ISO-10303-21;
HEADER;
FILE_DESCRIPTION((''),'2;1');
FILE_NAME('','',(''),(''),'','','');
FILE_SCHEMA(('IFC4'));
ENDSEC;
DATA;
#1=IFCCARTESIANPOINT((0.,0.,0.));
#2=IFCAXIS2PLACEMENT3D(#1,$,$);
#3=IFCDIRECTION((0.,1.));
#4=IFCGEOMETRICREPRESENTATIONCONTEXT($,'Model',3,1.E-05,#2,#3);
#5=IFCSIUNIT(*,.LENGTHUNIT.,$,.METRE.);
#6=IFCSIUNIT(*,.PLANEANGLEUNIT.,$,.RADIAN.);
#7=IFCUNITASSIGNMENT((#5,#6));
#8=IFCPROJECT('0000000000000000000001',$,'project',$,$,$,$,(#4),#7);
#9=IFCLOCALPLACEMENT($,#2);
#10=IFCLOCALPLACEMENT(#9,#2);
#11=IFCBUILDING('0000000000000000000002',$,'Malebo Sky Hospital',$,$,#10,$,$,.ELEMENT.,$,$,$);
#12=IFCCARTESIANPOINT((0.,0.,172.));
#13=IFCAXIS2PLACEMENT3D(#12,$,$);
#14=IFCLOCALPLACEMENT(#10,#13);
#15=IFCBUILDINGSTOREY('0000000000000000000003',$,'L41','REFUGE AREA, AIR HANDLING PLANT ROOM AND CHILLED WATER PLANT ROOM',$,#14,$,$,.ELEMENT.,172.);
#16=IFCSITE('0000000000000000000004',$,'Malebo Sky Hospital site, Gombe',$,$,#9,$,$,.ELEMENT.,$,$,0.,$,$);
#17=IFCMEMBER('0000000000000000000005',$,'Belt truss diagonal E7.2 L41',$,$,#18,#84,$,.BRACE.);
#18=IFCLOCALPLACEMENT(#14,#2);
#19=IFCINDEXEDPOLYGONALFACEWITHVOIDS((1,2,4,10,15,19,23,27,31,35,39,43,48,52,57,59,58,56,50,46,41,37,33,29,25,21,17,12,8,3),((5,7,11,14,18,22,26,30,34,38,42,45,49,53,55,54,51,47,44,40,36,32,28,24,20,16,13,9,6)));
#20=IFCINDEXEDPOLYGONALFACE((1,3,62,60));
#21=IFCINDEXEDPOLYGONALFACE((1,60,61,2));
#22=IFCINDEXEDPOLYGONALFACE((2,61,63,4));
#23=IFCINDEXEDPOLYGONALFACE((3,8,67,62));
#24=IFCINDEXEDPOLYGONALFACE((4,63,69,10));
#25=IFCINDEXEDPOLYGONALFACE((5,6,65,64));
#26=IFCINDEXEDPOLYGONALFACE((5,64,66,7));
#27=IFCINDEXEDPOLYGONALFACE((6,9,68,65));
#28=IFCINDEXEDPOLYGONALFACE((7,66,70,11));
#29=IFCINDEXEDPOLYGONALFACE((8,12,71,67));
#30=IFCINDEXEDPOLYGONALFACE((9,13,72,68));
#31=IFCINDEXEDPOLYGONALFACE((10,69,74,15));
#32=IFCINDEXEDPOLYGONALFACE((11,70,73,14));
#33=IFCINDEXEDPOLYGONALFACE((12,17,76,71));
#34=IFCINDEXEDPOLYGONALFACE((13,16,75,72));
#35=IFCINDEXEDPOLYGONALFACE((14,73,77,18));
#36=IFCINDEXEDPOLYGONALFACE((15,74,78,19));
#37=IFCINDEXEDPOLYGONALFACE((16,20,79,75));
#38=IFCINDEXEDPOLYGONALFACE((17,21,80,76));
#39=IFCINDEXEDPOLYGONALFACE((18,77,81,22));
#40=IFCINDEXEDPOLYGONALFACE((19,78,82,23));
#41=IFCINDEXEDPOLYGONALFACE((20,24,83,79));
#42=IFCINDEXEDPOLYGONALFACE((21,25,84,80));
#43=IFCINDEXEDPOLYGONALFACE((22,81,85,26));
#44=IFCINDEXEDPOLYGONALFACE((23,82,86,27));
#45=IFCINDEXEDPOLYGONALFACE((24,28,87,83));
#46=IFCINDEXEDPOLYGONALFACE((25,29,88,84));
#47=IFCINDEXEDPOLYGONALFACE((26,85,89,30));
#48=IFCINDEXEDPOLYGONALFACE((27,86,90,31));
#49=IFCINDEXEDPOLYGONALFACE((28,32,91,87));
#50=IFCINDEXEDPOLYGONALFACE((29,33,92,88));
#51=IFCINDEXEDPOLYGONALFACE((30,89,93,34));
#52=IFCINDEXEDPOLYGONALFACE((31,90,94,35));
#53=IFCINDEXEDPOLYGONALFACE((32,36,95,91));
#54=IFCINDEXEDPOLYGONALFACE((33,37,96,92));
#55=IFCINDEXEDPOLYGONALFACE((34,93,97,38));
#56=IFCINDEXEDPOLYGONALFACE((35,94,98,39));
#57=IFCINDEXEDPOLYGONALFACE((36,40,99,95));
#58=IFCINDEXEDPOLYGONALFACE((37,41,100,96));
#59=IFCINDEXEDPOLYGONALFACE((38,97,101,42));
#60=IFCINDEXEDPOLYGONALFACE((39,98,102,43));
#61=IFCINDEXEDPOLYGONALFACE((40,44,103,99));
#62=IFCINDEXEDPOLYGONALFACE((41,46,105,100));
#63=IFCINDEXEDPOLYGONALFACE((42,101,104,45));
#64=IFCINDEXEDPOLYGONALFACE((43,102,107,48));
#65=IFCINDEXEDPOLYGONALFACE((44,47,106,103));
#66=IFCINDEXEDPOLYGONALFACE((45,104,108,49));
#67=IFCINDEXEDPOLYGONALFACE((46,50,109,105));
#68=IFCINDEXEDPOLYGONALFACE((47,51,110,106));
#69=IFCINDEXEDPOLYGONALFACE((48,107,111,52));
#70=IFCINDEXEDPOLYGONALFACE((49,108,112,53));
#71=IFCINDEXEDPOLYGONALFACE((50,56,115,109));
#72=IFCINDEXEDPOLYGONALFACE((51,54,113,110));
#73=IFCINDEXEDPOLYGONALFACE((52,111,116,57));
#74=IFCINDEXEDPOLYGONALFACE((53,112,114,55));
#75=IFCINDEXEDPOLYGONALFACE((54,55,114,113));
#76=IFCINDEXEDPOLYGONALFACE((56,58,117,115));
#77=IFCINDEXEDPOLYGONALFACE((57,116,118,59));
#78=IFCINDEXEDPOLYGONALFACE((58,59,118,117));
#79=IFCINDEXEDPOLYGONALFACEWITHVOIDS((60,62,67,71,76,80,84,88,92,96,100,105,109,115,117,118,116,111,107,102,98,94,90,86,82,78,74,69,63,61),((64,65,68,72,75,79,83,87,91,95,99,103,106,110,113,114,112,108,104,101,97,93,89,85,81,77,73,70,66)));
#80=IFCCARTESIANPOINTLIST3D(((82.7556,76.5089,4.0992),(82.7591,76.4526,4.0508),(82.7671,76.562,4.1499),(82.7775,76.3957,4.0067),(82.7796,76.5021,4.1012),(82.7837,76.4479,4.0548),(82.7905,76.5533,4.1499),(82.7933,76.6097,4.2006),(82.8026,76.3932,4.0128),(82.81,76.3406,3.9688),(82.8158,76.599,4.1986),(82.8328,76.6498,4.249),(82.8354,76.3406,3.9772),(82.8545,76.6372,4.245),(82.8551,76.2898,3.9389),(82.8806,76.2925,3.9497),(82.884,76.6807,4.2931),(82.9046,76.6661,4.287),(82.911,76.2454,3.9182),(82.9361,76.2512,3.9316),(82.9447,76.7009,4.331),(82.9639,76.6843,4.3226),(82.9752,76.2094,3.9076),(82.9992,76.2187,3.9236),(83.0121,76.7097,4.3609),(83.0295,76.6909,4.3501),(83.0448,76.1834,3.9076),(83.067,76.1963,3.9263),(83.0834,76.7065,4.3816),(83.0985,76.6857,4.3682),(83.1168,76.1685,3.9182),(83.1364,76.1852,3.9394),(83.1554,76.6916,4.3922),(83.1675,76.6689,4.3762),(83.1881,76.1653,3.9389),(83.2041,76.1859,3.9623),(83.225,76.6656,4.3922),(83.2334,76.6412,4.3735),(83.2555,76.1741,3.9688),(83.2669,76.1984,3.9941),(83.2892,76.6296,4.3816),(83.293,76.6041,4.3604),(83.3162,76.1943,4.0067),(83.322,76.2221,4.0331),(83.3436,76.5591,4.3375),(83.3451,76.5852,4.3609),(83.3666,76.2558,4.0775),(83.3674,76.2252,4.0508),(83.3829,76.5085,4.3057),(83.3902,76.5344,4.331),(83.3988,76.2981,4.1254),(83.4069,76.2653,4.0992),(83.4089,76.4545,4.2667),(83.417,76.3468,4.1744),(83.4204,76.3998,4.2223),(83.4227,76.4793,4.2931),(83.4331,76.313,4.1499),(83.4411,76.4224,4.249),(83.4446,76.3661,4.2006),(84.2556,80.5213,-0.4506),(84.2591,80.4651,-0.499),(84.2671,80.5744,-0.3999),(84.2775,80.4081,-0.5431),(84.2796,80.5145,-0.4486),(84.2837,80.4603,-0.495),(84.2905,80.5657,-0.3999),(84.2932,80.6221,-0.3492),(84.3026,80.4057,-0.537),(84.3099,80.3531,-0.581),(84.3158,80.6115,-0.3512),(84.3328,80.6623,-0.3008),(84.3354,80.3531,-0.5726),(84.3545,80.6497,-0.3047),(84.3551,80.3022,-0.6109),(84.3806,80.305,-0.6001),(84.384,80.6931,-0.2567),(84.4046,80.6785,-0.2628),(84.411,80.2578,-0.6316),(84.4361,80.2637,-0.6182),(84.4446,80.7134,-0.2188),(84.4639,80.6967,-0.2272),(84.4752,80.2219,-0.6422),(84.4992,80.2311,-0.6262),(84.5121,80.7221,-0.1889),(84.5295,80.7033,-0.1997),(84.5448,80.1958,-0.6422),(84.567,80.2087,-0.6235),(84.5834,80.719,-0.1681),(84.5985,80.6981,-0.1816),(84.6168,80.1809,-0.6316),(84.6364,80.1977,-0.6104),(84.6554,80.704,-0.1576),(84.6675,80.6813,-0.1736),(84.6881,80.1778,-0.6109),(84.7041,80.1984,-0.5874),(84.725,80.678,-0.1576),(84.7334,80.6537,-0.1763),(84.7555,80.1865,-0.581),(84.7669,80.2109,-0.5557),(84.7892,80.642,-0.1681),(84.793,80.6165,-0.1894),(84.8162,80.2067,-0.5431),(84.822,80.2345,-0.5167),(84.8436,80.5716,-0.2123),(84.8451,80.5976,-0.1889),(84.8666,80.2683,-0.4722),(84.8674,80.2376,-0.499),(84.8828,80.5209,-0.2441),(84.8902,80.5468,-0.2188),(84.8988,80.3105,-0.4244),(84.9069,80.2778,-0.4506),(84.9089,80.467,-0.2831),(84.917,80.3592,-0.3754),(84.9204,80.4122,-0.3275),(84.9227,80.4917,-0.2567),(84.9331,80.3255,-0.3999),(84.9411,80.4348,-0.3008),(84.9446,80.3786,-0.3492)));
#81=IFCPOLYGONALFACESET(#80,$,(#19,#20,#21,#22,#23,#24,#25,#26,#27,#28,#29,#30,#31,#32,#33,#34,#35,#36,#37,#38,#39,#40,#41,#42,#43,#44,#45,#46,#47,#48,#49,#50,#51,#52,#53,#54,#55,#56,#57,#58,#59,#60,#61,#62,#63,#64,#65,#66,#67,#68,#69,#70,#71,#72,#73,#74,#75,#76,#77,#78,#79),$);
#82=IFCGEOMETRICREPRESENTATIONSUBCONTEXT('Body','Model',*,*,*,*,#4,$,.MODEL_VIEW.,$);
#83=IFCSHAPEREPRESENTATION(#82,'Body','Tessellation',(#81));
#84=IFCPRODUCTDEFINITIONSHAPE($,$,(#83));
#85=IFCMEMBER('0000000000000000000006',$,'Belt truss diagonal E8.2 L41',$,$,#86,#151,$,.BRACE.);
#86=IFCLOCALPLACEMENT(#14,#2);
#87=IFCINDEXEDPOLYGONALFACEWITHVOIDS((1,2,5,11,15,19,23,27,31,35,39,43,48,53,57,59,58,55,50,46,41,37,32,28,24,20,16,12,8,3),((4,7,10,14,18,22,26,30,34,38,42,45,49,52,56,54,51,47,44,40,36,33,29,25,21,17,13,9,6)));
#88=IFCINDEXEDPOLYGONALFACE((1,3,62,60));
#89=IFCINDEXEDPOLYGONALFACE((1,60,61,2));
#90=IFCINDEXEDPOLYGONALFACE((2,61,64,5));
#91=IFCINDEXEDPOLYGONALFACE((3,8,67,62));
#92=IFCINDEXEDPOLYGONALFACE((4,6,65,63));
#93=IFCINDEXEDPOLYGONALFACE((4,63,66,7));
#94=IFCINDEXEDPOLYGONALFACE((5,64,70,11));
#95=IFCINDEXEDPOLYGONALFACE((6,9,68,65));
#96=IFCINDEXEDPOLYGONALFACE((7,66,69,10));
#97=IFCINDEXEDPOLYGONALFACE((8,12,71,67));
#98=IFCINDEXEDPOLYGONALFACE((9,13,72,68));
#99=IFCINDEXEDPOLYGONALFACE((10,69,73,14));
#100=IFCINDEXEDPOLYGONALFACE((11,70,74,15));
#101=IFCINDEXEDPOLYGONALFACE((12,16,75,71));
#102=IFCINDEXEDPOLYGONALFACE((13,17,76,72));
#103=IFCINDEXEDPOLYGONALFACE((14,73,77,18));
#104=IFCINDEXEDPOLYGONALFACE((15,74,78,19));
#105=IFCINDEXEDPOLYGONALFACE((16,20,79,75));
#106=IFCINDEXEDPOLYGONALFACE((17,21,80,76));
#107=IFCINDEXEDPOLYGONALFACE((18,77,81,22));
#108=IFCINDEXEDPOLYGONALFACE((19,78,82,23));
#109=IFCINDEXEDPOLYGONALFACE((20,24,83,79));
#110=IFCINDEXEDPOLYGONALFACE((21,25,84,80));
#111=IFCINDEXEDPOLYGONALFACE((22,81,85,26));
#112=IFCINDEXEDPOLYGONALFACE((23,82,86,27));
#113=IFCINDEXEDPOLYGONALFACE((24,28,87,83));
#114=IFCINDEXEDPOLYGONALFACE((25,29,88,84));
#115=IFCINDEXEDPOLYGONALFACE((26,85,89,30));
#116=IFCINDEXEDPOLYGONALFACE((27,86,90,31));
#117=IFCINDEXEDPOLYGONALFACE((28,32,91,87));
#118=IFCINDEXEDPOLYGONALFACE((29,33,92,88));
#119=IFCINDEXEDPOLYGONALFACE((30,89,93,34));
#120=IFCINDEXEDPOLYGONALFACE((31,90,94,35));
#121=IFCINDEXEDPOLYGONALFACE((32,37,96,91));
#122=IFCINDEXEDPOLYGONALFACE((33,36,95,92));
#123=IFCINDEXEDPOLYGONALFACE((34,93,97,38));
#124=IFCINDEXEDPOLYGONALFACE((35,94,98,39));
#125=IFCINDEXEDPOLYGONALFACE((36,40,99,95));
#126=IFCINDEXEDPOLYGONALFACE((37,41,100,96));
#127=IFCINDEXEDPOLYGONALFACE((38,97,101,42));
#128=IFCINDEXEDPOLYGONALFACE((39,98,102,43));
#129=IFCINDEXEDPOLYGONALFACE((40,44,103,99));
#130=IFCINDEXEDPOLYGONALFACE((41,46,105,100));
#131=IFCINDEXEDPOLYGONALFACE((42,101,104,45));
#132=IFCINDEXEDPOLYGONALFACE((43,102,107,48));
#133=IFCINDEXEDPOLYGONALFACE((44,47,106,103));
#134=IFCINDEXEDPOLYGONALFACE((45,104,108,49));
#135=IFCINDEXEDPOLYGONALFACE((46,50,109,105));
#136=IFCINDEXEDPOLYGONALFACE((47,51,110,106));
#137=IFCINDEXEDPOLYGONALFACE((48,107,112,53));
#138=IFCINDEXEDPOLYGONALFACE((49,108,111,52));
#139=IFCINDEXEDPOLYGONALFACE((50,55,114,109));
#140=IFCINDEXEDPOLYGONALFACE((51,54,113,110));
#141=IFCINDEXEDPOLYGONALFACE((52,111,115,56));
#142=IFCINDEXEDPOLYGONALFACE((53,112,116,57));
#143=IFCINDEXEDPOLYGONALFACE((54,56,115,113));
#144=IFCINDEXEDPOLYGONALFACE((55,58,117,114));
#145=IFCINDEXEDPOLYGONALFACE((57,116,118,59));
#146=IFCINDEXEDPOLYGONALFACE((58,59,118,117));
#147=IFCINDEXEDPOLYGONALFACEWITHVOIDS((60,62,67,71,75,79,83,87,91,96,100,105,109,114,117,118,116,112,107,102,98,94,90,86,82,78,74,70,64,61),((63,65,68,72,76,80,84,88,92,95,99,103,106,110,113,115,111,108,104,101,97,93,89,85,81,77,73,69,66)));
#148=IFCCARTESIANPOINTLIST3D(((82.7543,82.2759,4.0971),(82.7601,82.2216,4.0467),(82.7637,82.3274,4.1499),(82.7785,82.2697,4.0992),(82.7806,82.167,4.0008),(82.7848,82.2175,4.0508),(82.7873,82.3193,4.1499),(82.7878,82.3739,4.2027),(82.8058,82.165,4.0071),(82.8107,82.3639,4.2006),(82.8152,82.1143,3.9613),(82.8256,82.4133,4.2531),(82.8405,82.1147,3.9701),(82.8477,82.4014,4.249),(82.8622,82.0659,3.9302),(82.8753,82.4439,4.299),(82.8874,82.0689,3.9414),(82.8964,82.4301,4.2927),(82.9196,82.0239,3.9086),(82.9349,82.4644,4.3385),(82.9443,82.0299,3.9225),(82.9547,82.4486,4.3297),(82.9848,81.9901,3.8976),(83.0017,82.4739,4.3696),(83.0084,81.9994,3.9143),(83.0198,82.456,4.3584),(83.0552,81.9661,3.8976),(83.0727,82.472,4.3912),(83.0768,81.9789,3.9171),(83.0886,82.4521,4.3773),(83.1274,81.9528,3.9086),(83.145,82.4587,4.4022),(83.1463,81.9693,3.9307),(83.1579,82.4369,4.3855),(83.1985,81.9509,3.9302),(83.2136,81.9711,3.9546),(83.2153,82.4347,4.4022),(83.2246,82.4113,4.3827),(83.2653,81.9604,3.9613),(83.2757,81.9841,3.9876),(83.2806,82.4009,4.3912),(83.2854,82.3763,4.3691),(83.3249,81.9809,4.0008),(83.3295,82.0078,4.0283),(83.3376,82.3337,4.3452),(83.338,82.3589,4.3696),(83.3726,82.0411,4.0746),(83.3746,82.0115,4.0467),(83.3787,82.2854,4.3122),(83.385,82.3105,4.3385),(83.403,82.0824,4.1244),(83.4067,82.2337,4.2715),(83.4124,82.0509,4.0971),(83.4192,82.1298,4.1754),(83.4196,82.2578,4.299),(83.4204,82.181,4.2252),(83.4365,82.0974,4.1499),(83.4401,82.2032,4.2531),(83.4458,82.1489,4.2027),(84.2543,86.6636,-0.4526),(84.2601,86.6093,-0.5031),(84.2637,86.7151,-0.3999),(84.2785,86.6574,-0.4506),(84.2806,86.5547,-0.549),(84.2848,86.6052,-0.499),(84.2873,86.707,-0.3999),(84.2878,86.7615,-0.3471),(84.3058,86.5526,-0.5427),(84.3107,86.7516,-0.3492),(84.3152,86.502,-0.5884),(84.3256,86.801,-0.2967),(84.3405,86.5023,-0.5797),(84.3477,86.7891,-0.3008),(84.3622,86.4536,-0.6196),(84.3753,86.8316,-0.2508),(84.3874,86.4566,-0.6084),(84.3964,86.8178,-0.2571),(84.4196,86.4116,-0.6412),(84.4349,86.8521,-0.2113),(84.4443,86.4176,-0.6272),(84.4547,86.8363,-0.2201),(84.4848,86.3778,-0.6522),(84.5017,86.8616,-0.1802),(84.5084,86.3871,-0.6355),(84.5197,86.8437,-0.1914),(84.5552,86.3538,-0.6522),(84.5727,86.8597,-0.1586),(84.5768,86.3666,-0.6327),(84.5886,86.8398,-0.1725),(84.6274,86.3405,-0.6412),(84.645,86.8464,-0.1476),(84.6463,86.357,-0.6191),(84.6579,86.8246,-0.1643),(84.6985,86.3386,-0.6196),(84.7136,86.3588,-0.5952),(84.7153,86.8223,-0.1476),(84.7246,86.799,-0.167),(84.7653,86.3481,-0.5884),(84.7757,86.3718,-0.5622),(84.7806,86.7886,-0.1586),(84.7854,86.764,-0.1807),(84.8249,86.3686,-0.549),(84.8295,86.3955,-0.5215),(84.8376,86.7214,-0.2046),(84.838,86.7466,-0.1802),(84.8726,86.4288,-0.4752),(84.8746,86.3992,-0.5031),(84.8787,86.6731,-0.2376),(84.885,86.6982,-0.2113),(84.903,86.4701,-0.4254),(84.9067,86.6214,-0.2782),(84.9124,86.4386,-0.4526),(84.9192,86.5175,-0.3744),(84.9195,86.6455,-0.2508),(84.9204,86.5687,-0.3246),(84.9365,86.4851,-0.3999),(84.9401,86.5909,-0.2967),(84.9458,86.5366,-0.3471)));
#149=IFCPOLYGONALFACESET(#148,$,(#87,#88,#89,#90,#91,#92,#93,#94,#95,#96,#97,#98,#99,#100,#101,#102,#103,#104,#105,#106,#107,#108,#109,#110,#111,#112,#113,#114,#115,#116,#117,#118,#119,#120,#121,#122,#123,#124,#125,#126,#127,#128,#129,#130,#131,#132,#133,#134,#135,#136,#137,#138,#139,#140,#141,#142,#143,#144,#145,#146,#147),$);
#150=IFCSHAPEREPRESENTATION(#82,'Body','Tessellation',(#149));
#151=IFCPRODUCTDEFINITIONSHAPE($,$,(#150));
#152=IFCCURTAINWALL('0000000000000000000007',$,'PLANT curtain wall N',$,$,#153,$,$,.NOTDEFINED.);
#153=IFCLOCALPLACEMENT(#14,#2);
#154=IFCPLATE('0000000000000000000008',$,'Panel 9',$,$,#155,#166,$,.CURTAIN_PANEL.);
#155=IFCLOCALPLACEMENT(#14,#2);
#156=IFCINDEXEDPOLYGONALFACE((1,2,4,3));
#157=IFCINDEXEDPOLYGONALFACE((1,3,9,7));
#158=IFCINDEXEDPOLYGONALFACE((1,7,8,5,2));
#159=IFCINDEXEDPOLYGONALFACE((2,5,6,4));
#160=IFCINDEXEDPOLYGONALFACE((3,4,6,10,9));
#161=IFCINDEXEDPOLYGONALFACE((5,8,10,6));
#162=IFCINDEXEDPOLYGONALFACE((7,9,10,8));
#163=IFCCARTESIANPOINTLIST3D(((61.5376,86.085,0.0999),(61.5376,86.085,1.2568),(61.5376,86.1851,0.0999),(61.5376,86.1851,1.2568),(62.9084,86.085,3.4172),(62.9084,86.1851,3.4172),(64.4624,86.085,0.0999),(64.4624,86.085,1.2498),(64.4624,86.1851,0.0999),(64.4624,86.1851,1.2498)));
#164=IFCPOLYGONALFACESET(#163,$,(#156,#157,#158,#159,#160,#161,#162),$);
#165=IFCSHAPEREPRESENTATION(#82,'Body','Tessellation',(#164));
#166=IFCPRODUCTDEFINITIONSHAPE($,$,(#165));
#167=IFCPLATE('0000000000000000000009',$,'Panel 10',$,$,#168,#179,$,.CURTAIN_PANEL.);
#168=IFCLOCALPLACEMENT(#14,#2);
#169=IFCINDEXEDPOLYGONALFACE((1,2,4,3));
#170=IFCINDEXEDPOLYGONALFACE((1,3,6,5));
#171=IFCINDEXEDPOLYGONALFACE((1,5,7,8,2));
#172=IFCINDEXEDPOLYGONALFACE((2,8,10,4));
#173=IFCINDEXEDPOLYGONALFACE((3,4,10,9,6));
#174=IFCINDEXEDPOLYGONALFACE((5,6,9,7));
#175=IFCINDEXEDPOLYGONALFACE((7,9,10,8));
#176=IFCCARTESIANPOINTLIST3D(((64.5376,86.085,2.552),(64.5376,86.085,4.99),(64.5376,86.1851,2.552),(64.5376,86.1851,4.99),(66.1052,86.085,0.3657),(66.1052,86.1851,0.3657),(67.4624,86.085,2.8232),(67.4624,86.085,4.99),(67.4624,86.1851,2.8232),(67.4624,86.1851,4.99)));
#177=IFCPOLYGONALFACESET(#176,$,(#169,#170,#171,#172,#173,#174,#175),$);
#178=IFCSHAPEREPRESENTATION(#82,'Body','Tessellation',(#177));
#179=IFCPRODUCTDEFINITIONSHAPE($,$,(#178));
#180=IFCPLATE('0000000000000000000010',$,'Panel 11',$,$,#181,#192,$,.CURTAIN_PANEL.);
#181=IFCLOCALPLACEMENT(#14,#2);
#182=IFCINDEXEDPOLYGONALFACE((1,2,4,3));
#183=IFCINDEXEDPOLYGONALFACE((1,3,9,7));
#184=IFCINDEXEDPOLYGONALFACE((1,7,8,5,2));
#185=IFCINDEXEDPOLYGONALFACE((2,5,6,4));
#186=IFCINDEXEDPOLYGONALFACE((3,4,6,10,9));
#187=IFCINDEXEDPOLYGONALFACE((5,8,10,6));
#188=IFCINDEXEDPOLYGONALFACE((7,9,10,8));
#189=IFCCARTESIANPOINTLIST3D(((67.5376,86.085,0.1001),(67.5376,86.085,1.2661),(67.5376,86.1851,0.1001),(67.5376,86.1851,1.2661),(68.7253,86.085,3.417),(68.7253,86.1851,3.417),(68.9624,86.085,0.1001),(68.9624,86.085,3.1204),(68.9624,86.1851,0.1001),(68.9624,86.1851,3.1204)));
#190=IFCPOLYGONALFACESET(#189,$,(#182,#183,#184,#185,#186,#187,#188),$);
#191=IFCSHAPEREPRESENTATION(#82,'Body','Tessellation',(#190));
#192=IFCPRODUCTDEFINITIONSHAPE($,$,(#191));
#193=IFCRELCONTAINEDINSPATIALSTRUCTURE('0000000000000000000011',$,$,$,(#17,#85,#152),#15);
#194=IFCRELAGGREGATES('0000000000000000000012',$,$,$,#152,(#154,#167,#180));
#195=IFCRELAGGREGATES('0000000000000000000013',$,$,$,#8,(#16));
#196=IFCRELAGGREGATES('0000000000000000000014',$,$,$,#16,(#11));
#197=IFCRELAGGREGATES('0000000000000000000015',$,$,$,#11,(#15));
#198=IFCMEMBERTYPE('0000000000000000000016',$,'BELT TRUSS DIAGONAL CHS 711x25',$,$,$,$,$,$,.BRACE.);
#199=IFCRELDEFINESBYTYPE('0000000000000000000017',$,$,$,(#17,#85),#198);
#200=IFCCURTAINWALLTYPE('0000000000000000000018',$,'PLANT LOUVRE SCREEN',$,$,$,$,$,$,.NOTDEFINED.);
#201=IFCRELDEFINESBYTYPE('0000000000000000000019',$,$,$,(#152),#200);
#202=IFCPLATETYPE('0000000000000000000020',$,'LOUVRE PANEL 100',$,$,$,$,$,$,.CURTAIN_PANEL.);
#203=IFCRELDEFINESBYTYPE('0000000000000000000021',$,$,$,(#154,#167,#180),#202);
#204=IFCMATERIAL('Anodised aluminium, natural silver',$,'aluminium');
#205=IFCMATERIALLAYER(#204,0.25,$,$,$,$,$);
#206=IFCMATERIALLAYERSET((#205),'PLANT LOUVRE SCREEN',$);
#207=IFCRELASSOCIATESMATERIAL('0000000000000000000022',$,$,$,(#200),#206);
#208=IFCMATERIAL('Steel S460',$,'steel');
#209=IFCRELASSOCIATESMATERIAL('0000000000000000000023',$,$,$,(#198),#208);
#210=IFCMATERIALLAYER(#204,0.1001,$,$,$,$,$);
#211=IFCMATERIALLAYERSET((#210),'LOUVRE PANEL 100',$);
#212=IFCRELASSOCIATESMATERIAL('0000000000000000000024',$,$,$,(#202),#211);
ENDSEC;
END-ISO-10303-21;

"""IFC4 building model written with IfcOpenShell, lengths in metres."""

from ifc_helpers import new_model, si_unit, direction, frame, origin, origin_2d, place, context, subcontext, project, spatial, polyline, hollow_circle, outline, extrude, material, layer, layer_set, material_profile, profile_set, type_object, element, aggregate, save


model = new_model("IFC4")

# Units and contexts
model_context = context("Model", 3, precision=1e-05, world=origin(), true_north=direction((0.0, 1.0)))
body_context = subcontext(model_context, "Body", "Model", "MODEL_VIEW")
ifc_project = project(units=[si_unit("LENGTHUNIT", "METRE"), si_unit("PLANEANGLEUNIT", "RADIAN")], contexts=[model_context])

# Site, building, storey
site_placement = place(None, origin())
site = spatial("IfcSite", under=ifc_project, at=site_placement, Name="Malebo Sky Hospital site, Gombe", CompositionType="ELEMENT", RefElevation=0.0)
building_placement = place(site_placement, origin())
building = spatial("IfcBuilding", under=site, at=building_placement, Name="Malebo Sky Hospital", CompositionType="ELEMENT")
storey_placement = place(building_placement, frame((0.0, 0.0, 172.0)))
storey = spatial("IfcBuildingStorey", under=building, at=storey_placement, Name="L41", Description="REFUGE AREA, AIR HANDLING PLANT ROOM AND CHILLED WATER PLANT ROOM", CompositionType="ELEMENT", Elevation=172.0)

# Shared definitions
ifc_material_1 = material(Name="Anodised aluminium, natural silver", Category="aluminium")
ifc_layer_1 = layer(ifc_material_1, 0.25)
ifc_layer_set_1 = layer_set([ifc_layer_1], Name="PLANT LOUVRE SCREEN")
curtain_wall_type = type_object("IfcCurtainWallType", Name="PLANT LOUVRE SCREEN", PredefinedType="NOTDEFINED", material=ifc_layer_set_1)

# Members
ifc_material_2 = material(Name="Steel S460", Category="steel")
ifc_material_profile_1 = material_profile(ifc_material_2, hollow_circle(Radius=0.3555, WallThickness=0.0249, at=origin_2d()), Name="CHS 711x25")
ifc_profile_set_1 = profile_set([ifc_material_profile_1], Name="Steel S460")
member_type_1 = type_object("IfcMemberType", Name="BELT TRUSS DIAGONAL CHS 711x25", PredefinedType="BRACE", material=ifc_profile_set_1)
member_1_placement = place(storey_placement, frame((83.1001, 76.4375, 4.1499), z_axis=(0.240037, 0.642091, -0.728081), x_axis=(-0.936687, 0.350168, 0.0)))
element("IfcMember", 1, at=member_1_placement, inside=storey, type_object=member_type_1, Name="Belt truss diagonal E7.2 L41", PredefinedType="BRACE", context=body_context, shape_type="SweptSolid", body=[
    extrude(hollow_circle(Radius=0.3555, WallThickness=0.0249, at=origin_2d()), origin(), (0.0, 0.0, 1.0), 6.249),
])
member_2_placement = place(storey_placement, frame((83.1001, 82.2124, 4.1499), z_axis=(0.230899, 0.675409, -0.700363), x_axis=(-0.946234, 0.323484, 0.0)))
element("IfcMember", 2, at=member_2_placement, inside=storey, type_object=member_type_1, Name="Belt truss diagonal E8.2 L41", PredefinedType="BRACE", context=body_context, shape_type="SweptSolid", body=[
    extrude(hollow_circle(Radius=0.3555, WallThickness=0.0249, at=origin_2d()), origin(), (0.0, 0.0, 1.0), 6.4963),
])

# Curtain wall, plates
curtain_wall_1_placement = place(storey_placement, origin())
curtain_wall_1 = element("IfcCurtainWall", 3, at=curtain_wall_1_placement, inside=storey, type_object=curtain_wall_type, Name="PLANT curtain wall N", PredefinedType="NOTDEFINED")
ifc_layer_2 = layer(ifc_material_1, 0.1001)
ifc_layer_set_2 = layer_set([ifc_layer_2], Name="LOUVRE PANEL 100")
plate_type = type_object("IfcPlateType", Name="LOUVRE PANEL 100", PredefinedType="CURTAIN_PANEL", material=ifc_layer_set_2)
plate_1_placement = place(storey_placement, frame((63.0, 86.135, 0.0999), z_axis=(0.0, 0.0, 1.0), x_axis=(1.0, 0.0, 0.0)))
plate_1 = element("IfcPlate", 4, at=plate_1_placement, type_object=plate_type, Name="Panel 9", PredefinedType="CURTAIN_PANEL", context=body_context, shape_type="SweptSolid", body=[
    extrude(outline(polyline([(-1.4624, 0.0), (1.4624, 0.0), (1.4624, 1.1499), (-0.0916, 3.3174), (-1.4624, 1.157), (-1.4624, 0.0)])), frame((0.0, 0.05, 0.0), z_axis=(0.0, -1.0, 0.0), x_axis=(1.0, 0.0, 0.0)), (0.0, 0.0, 1.0), 0.1001),
])
plate_2_placement = place(storey_placement, frame((66.0, 86.135, 0.3657), z_axis=(0.0, 0.0, 1.0), x_axis=(1.0, 0.0, 0.0)))
plate_2 = element("IfcPlate", 5, at=plate_2_placement, type_object=plate_type, Name="Panel 10", PredefinedType="CURTAIN_PANEL", context=body_context, shape_type="SweptSolid", body=[
    extrude(outline(polyline([(0.1052, 0.0), (1.4624, 2.4575), (1.4624, 4.6243), (-1.4624, 4.6243), (-1.4624, 2.1863), (0.1052, 0.0)])), frame((0.0, 0.05, 0.0), z_axis=(0.0, -1.0, 0.0), x_axis=(1.0, 0.0, 0.0)), (0.0, 0.0, 1.0), 0.1001),
])
plate_3_placement = place(storey_placement, frame((68.25, 86.135, 0.1001), z_axis=(0.0, 0.0, 1.0), x_axis=(1.0, 0.0, 0.0)))
plate_3 = element("IfcPlate", 6, at=plate_3_placement, type_object=plate_type, Name="Panel 11", PredefinedType="CURTAIN_PANEL", context=body_context, shape_type="SweptSolid", body=[
    extrude(outline(polyline([(-0.7124, 0.0), (0.7124, 0.0), (0.7124, 3.0203), (0.4753, 3.3169), (-0.7124, 1.166), (-0.7124, 0.0)])), frame((0.0, 0.05, 0.0), z_axis=(0.0, -1.0, 0.0), x_axis=(1.0, 0.0, 0.0)), (0.0, 0.0, 1.0), 0.1001),
])
aggregate(curtain_wall_1, [plate_1, plate_2, plate_3])

save(model, "model.ifc")
